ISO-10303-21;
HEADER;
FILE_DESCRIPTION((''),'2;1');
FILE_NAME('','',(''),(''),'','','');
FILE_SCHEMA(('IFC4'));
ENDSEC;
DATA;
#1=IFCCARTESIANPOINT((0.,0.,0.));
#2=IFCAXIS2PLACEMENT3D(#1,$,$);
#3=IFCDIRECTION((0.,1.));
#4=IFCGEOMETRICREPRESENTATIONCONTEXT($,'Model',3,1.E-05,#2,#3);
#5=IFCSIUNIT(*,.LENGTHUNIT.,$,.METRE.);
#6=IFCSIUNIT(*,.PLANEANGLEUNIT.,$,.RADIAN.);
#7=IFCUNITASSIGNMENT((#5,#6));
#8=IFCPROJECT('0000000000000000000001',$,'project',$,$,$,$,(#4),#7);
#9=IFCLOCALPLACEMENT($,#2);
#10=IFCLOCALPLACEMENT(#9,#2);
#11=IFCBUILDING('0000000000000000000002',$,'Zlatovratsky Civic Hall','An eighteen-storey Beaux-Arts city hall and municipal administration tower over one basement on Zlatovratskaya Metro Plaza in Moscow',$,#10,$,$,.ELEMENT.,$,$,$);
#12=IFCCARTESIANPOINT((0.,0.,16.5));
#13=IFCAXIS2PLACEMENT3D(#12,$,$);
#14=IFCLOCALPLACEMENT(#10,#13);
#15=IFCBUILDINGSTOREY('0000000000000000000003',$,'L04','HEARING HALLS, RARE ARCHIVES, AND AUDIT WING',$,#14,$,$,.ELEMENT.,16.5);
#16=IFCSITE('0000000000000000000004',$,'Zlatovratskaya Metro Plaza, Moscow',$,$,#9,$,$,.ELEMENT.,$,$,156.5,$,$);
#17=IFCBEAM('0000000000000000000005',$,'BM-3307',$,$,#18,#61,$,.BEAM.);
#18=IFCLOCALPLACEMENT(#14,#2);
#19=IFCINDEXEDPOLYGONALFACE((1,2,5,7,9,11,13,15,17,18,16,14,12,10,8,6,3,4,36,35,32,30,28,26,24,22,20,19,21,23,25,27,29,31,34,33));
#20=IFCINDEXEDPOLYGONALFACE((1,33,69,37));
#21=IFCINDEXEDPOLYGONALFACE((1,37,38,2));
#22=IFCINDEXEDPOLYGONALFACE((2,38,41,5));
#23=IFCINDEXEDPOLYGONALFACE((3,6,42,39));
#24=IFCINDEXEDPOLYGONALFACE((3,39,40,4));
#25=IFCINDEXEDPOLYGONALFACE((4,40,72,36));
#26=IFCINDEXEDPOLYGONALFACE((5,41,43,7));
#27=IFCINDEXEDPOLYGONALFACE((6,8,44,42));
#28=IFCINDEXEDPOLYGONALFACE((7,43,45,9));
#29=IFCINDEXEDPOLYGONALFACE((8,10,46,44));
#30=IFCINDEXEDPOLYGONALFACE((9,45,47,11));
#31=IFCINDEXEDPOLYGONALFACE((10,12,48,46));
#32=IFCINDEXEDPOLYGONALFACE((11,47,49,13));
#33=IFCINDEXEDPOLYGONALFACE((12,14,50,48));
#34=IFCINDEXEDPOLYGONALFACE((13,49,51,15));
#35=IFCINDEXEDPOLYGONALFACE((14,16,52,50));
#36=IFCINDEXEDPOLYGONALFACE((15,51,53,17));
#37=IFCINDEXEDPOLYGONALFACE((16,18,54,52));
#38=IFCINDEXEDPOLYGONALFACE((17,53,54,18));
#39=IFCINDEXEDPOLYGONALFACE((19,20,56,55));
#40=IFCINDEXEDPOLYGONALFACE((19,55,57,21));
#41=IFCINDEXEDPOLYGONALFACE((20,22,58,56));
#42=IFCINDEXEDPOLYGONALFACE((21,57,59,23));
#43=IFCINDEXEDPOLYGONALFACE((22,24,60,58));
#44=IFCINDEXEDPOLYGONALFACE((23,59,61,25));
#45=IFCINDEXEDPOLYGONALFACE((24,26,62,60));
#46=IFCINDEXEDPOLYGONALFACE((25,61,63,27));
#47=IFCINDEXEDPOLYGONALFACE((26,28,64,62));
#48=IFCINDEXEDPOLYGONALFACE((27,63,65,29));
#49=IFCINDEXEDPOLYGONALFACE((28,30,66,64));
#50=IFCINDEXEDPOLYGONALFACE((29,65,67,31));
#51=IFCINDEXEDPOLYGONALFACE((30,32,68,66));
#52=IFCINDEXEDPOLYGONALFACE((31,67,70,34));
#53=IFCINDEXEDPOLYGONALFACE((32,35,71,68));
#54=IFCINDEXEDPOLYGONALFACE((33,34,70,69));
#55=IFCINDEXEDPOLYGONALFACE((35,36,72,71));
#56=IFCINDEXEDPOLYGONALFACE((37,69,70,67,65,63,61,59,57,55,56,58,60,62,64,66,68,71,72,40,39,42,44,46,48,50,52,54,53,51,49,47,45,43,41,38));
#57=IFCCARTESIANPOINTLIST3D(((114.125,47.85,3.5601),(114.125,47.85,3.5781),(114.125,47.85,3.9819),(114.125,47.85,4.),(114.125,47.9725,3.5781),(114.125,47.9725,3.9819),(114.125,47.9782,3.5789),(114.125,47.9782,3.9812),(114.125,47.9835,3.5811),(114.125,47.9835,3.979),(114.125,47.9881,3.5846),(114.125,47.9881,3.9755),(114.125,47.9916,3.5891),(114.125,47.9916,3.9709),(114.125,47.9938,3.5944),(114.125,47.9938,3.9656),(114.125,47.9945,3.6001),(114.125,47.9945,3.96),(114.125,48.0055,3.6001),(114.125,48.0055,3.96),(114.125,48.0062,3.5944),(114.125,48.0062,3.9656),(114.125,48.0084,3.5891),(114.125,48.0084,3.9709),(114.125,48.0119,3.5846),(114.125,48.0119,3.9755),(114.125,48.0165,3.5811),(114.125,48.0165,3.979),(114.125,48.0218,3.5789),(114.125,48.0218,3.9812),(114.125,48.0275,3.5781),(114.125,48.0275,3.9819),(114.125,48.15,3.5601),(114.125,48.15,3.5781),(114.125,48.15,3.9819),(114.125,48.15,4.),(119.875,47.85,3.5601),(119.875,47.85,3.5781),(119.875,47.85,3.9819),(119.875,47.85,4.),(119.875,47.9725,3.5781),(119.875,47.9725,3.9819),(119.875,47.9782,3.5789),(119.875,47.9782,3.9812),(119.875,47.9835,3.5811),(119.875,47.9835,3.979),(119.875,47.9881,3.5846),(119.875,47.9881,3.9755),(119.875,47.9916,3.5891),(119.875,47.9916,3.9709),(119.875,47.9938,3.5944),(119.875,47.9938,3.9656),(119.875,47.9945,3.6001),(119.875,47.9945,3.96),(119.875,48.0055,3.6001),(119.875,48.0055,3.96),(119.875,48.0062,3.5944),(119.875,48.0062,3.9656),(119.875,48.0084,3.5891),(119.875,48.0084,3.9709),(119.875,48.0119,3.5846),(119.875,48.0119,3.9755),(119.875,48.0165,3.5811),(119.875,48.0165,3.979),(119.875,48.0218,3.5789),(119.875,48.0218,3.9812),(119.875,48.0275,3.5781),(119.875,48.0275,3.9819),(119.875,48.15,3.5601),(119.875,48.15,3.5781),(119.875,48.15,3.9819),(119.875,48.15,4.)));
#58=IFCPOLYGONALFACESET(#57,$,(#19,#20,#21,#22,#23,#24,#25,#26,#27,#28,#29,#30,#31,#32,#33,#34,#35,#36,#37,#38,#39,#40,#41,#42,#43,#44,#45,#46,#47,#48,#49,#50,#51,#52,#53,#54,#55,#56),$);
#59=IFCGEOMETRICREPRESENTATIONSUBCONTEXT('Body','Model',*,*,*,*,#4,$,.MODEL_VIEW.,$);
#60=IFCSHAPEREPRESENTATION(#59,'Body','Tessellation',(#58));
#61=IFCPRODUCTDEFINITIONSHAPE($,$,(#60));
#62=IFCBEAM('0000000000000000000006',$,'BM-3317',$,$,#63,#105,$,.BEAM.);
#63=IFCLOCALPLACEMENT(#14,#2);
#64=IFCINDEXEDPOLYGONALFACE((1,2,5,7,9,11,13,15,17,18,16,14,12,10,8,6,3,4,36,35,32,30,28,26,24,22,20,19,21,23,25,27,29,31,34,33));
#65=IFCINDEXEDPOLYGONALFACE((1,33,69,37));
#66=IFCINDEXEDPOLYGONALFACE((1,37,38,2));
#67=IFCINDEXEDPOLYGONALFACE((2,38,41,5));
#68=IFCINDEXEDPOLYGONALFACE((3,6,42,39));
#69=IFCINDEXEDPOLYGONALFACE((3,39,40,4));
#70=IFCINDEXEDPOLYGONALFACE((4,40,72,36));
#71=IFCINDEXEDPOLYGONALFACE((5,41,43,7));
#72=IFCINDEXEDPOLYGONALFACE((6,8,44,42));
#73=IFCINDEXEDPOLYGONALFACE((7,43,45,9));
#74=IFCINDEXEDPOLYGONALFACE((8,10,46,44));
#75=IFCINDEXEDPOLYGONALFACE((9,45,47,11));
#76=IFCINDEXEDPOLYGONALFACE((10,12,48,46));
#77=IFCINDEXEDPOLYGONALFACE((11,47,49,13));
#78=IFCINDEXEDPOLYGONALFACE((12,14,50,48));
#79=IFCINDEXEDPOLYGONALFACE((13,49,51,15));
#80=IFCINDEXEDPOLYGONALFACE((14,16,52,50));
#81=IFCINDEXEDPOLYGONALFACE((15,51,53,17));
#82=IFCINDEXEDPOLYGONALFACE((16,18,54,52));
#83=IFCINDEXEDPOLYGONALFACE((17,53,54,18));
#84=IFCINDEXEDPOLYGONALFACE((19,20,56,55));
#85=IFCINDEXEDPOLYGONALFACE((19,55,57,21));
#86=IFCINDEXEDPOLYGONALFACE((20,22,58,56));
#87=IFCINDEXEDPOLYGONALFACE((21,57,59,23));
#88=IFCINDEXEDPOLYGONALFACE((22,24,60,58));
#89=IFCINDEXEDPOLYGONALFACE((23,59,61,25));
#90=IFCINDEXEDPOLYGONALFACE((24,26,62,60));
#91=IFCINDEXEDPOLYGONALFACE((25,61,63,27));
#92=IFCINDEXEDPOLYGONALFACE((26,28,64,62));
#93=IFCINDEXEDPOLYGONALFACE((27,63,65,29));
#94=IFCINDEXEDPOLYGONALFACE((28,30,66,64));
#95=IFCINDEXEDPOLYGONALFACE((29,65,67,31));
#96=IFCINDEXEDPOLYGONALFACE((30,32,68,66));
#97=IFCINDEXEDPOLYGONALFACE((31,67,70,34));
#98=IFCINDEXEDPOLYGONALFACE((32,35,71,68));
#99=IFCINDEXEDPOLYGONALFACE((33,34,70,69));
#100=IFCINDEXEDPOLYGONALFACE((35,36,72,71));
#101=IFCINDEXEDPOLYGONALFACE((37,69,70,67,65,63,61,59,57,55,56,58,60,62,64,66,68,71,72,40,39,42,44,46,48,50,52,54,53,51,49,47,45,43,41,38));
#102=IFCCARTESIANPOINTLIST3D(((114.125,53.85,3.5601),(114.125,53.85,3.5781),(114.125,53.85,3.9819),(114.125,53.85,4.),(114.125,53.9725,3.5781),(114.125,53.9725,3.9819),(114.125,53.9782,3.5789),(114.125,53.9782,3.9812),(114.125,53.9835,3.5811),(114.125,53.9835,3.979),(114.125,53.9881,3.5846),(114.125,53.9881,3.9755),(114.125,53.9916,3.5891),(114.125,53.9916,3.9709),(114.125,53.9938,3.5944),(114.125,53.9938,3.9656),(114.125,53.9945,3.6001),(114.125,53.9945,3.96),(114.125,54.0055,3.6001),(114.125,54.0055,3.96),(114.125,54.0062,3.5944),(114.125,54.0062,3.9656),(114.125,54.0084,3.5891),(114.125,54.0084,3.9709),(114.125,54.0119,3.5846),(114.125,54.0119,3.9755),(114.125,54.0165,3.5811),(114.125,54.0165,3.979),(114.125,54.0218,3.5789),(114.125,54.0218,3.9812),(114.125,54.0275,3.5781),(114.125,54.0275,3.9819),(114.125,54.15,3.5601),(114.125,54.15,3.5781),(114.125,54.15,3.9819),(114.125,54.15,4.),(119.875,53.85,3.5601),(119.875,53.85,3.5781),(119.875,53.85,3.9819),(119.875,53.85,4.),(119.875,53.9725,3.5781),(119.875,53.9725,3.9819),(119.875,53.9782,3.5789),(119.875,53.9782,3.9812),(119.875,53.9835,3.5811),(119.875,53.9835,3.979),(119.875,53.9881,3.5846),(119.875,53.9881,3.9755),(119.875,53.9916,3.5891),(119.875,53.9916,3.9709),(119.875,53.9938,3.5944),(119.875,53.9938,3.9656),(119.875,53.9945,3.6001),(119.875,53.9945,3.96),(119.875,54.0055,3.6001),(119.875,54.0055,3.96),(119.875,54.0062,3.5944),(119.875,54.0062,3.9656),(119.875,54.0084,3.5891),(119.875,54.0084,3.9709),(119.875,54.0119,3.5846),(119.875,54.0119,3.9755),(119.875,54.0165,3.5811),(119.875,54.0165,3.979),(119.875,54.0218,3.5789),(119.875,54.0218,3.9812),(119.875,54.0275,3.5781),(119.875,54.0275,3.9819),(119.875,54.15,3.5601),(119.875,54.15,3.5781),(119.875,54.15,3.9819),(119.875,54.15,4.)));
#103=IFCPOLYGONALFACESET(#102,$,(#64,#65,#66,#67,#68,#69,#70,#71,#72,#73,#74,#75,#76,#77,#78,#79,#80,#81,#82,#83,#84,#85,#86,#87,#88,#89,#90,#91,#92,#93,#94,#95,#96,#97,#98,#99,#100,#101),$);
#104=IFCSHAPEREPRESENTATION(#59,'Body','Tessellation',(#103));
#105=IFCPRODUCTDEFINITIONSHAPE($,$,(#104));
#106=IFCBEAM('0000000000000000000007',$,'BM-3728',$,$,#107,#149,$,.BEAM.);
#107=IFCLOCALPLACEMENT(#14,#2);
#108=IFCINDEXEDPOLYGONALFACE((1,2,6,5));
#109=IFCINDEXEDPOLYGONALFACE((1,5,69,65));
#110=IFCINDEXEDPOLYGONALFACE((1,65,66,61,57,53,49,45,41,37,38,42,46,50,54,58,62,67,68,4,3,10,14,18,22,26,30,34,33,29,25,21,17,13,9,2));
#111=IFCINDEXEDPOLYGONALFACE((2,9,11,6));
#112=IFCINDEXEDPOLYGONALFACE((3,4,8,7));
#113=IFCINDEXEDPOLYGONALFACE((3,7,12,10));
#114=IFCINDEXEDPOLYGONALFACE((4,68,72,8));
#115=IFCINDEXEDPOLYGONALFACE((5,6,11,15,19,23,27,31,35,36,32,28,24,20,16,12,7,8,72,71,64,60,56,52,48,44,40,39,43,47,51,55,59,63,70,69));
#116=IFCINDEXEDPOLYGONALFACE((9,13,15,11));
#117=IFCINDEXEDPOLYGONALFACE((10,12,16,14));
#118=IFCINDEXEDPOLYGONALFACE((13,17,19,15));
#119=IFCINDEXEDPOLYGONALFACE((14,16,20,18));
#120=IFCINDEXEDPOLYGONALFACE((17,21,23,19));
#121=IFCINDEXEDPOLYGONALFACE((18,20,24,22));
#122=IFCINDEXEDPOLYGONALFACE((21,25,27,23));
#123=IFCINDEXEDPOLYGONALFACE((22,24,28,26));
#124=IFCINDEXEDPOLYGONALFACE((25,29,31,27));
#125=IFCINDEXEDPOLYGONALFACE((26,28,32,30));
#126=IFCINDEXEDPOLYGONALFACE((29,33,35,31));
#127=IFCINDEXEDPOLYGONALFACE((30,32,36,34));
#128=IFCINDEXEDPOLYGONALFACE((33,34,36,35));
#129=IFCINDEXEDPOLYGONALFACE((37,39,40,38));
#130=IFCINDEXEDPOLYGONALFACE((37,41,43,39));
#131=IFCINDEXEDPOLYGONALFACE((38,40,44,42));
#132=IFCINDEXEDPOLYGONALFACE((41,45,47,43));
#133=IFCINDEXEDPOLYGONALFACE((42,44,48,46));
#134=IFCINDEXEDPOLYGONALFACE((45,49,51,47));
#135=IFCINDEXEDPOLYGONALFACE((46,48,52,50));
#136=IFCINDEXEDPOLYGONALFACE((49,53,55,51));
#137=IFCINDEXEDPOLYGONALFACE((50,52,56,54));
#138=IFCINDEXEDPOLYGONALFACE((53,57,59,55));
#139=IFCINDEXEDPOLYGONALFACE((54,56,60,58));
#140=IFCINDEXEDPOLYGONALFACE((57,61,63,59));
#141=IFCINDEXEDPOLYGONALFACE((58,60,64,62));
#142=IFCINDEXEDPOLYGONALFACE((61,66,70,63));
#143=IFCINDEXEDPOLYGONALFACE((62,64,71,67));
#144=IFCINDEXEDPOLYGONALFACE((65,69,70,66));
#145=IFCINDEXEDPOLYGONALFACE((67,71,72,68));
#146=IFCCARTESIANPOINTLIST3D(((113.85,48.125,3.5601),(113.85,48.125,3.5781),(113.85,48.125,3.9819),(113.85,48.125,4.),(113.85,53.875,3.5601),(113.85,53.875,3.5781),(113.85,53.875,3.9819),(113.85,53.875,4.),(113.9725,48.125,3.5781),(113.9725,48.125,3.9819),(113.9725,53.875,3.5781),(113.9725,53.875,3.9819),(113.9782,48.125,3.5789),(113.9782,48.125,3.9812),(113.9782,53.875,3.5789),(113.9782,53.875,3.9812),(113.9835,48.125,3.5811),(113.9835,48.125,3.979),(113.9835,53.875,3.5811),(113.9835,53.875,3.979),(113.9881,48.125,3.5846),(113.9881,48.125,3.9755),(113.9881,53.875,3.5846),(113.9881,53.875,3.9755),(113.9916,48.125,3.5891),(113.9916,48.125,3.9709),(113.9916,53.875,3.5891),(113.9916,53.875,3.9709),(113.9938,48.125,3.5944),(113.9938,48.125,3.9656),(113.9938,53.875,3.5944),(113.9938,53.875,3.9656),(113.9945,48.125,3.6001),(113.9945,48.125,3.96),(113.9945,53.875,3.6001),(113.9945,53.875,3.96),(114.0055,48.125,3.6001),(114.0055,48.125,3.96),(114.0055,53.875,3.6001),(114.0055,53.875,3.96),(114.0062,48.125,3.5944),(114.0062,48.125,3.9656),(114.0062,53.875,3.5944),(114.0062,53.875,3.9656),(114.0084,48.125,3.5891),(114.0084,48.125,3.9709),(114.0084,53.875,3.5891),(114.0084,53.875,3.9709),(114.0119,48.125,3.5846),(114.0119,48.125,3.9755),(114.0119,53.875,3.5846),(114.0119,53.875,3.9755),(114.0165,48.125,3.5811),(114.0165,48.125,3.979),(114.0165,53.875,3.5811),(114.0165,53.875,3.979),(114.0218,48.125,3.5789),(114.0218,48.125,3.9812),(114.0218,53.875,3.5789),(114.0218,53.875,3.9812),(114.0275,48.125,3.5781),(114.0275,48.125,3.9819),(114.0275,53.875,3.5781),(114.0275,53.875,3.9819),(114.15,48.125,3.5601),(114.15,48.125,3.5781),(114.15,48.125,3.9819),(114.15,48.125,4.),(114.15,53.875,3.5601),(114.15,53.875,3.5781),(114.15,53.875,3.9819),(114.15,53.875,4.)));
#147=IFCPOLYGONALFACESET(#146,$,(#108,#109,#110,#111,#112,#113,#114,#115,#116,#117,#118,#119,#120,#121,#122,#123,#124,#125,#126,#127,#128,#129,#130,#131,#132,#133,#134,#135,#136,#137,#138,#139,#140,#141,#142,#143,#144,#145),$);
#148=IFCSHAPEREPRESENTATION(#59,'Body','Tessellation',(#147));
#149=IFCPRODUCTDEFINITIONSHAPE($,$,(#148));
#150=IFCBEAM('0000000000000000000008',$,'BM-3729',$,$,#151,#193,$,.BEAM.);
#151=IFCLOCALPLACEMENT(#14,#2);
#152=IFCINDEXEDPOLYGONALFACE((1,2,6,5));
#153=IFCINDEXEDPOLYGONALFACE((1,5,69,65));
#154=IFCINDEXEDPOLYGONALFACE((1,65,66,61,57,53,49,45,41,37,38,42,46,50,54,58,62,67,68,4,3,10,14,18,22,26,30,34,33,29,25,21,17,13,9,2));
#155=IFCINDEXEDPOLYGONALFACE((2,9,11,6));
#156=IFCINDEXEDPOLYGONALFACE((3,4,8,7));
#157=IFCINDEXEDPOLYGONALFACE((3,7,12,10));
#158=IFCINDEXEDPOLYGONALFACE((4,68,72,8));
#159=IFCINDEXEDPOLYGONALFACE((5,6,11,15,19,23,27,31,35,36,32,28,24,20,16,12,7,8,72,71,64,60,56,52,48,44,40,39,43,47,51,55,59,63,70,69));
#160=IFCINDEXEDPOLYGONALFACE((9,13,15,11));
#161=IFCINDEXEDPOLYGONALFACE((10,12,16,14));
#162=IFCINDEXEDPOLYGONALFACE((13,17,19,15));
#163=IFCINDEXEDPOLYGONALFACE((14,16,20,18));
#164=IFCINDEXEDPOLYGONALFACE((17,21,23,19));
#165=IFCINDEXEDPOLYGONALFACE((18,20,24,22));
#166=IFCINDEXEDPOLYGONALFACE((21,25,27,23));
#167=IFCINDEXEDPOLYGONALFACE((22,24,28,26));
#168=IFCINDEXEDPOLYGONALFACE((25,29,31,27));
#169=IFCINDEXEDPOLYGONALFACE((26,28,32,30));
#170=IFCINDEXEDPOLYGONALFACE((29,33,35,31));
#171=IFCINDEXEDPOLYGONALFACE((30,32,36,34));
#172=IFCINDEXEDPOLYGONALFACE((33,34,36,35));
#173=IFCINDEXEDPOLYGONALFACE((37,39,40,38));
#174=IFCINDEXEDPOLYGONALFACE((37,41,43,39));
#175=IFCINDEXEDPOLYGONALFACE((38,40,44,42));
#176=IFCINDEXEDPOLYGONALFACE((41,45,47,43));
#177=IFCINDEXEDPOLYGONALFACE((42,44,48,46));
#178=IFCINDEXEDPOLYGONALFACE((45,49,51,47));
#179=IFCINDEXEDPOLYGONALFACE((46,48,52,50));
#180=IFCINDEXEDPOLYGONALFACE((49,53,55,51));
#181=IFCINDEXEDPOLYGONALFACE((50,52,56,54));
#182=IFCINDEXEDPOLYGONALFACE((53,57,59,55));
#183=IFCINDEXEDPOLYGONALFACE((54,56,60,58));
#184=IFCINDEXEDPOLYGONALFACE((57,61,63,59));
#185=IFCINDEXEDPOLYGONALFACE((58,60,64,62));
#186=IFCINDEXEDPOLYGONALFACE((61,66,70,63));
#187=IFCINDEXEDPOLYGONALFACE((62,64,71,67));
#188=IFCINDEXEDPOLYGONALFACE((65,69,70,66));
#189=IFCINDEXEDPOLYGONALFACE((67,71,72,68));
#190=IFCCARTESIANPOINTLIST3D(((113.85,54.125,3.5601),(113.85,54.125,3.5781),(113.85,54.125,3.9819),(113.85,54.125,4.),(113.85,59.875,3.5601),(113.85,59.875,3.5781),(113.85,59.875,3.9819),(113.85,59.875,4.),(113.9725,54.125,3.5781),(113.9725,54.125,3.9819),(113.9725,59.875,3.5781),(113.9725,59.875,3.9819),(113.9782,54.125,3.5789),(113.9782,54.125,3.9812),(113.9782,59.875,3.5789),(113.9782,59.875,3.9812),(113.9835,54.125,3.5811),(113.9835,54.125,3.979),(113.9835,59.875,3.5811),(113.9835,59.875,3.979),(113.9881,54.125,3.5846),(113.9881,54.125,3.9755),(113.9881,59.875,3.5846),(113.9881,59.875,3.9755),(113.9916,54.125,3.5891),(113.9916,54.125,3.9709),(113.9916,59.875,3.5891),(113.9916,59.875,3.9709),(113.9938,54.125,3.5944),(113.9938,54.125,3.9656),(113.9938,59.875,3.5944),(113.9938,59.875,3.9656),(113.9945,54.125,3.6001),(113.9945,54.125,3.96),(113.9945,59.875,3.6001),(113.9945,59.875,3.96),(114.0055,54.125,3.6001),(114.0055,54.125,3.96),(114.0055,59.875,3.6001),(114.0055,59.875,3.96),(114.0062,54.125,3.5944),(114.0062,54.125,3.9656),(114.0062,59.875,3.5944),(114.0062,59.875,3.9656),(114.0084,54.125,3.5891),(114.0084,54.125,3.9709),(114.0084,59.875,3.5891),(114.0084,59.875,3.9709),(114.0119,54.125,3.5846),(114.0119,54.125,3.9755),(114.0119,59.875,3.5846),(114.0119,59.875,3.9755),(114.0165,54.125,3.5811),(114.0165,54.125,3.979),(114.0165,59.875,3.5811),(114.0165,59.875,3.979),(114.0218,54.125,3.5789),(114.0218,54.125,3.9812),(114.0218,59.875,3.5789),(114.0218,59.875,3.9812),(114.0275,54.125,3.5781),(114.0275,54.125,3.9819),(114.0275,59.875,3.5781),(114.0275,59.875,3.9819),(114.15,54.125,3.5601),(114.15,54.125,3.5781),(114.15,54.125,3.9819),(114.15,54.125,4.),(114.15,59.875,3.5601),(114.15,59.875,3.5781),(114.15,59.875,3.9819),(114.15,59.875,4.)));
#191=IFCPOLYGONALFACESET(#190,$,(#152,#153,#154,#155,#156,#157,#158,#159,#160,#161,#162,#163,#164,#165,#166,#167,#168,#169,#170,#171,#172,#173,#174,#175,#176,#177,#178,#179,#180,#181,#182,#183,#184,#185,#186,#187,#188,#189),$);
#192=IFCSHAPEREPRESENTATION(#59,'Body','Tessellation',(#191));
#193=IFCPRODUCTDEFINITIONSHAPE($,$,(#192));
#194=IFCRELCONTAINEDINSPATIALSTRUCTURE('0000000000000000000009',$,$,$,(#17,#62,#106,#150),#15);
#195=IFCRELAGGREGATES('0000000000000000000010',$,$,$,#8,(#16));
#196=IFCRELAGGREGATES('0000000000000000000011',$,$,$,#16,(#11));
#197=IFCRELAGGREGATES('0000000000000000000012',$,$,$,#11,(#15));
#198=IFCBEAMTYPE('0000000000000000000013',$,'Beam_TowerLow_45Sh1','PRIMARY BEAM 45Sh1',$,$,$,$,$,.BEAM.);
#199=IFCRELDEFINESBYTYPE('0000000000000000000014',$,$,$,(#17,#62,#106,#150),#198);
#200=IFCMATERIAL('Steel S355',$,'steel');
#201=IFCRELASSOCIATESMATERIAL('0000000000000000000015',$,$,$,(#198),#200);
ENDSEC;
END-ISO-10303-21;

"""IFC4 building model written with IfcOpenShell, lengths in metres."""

from ifc_helpers import new_model, si_unit, direction, frame, origin, origin_2d, place, context, subcontext, project, spatial, i_section, extrude, material, material_profile, profile_set, type_object, element, save


model = new_model("IFC4")

# Units and contexts
model_context = context("Model", 3, precision=1e-05, world=origin(), true_north=direction((0.0, 1.0)))
body_context = subcontext(model_context, "Body", "Model", "MODEL_VIEW")
ifc_project = project(units=[si_unit("LENGTHUNIT", "METRE"), si_unit("PLANEANGLEUNIT", "RADIAN")], contexts=[model_context])

# Site, building, storey
site_placement = place(None, origin())
site = spatial("IfcSite", under=ifc_project, at=site_placement, Name="Zlatovratskaya Metro Plaza, Moscow", CompositionType="ELEMENT", RefElevation=156.5)
building_placement = place(site_placement, origin())
building = spatial("IfcBuilding", under=site, at=building_placement, Name="Zlatovratsky Civic Hall", Description="An eighteen-storey Beaux-Arts city hall and municipal administration tower over one basement on Zlatovratskaya Metro Plaza in Moscow", CompositionType="ELEMENT")
storey_placement = place(building_placement, frame((0.0, 0.0, 16.5)))
storey = spatial("IfcBuildingStorey", under=building, at=storey_placement, Name="L04", Description="HEARING HALLS, RARE ARCHIVES, AND AUDIT WING", CompositionType="ELEMENT", Elevation=16.5)

# Shared definitions
ifc_material_1 = material(Name="Steel S355", Category="steel")

# Beams
ifc_material_profile_1 = material_profile(ifc_material_1, i_section(OverallWidth=0.3, OverallDepth=0.4399, WebThickness=0.011, FlangeThickness=0.0181, FilletRadius=0.022, at=origin_2d()), Name="45Sh1")
ifc_profile_set_1 = profile_set([ifc_material_profile_1], Name="Steel S355")
beam_type = type_object("IfcBeamType", Name="Beam_TowerLow_45Sh1", Description="PRIMARY BEAM 45Sh1", PredefinedType="BEAM", material=ifc_profile_set_1)
for number, where, z_axis, x_axis, name in (
    (1, (114.125, 48.0, 3.78), (1.0, 0.0, 0.0), (0.0, 1.0, 0.0), "BM-3307"),
    (2, (114.125, 54.0, 3.78), (1.0, 0.0, 0.0), (0.0, 1.0, 0.0), "BM-3317"),
    (3, (114.0, 48.125, 3.78), (0.0, 1.0, 0.0), (-1.0, 0.0, 0.0), "BM-3728"),
    (4, (114.0, 54.125, 3.78), (0.0, 1.0, 0.0), (-1.0, 0.0, 0.0), "BM-3729"),
):
    element("IfcBeam", number, at=place(storey_placement, frame(where, z_axis=z_axis, x_axis=x_axis)), inside=storey, type_object=beam_type, Name=name, PredefinedType="BEAM", context=body_context, shape_type="SweptSolid", body=[
        extrude(i_section(OverallWidth=0.3, OverallDepth=0.4399, WebThickness=0.011, FlangeThickness=0.0181, FilletRadius=0.022, at=origin_2d()), origin(), (0.0, 0.0, 1.0), 5.75),
    ])

save(model, "model.ifc")
